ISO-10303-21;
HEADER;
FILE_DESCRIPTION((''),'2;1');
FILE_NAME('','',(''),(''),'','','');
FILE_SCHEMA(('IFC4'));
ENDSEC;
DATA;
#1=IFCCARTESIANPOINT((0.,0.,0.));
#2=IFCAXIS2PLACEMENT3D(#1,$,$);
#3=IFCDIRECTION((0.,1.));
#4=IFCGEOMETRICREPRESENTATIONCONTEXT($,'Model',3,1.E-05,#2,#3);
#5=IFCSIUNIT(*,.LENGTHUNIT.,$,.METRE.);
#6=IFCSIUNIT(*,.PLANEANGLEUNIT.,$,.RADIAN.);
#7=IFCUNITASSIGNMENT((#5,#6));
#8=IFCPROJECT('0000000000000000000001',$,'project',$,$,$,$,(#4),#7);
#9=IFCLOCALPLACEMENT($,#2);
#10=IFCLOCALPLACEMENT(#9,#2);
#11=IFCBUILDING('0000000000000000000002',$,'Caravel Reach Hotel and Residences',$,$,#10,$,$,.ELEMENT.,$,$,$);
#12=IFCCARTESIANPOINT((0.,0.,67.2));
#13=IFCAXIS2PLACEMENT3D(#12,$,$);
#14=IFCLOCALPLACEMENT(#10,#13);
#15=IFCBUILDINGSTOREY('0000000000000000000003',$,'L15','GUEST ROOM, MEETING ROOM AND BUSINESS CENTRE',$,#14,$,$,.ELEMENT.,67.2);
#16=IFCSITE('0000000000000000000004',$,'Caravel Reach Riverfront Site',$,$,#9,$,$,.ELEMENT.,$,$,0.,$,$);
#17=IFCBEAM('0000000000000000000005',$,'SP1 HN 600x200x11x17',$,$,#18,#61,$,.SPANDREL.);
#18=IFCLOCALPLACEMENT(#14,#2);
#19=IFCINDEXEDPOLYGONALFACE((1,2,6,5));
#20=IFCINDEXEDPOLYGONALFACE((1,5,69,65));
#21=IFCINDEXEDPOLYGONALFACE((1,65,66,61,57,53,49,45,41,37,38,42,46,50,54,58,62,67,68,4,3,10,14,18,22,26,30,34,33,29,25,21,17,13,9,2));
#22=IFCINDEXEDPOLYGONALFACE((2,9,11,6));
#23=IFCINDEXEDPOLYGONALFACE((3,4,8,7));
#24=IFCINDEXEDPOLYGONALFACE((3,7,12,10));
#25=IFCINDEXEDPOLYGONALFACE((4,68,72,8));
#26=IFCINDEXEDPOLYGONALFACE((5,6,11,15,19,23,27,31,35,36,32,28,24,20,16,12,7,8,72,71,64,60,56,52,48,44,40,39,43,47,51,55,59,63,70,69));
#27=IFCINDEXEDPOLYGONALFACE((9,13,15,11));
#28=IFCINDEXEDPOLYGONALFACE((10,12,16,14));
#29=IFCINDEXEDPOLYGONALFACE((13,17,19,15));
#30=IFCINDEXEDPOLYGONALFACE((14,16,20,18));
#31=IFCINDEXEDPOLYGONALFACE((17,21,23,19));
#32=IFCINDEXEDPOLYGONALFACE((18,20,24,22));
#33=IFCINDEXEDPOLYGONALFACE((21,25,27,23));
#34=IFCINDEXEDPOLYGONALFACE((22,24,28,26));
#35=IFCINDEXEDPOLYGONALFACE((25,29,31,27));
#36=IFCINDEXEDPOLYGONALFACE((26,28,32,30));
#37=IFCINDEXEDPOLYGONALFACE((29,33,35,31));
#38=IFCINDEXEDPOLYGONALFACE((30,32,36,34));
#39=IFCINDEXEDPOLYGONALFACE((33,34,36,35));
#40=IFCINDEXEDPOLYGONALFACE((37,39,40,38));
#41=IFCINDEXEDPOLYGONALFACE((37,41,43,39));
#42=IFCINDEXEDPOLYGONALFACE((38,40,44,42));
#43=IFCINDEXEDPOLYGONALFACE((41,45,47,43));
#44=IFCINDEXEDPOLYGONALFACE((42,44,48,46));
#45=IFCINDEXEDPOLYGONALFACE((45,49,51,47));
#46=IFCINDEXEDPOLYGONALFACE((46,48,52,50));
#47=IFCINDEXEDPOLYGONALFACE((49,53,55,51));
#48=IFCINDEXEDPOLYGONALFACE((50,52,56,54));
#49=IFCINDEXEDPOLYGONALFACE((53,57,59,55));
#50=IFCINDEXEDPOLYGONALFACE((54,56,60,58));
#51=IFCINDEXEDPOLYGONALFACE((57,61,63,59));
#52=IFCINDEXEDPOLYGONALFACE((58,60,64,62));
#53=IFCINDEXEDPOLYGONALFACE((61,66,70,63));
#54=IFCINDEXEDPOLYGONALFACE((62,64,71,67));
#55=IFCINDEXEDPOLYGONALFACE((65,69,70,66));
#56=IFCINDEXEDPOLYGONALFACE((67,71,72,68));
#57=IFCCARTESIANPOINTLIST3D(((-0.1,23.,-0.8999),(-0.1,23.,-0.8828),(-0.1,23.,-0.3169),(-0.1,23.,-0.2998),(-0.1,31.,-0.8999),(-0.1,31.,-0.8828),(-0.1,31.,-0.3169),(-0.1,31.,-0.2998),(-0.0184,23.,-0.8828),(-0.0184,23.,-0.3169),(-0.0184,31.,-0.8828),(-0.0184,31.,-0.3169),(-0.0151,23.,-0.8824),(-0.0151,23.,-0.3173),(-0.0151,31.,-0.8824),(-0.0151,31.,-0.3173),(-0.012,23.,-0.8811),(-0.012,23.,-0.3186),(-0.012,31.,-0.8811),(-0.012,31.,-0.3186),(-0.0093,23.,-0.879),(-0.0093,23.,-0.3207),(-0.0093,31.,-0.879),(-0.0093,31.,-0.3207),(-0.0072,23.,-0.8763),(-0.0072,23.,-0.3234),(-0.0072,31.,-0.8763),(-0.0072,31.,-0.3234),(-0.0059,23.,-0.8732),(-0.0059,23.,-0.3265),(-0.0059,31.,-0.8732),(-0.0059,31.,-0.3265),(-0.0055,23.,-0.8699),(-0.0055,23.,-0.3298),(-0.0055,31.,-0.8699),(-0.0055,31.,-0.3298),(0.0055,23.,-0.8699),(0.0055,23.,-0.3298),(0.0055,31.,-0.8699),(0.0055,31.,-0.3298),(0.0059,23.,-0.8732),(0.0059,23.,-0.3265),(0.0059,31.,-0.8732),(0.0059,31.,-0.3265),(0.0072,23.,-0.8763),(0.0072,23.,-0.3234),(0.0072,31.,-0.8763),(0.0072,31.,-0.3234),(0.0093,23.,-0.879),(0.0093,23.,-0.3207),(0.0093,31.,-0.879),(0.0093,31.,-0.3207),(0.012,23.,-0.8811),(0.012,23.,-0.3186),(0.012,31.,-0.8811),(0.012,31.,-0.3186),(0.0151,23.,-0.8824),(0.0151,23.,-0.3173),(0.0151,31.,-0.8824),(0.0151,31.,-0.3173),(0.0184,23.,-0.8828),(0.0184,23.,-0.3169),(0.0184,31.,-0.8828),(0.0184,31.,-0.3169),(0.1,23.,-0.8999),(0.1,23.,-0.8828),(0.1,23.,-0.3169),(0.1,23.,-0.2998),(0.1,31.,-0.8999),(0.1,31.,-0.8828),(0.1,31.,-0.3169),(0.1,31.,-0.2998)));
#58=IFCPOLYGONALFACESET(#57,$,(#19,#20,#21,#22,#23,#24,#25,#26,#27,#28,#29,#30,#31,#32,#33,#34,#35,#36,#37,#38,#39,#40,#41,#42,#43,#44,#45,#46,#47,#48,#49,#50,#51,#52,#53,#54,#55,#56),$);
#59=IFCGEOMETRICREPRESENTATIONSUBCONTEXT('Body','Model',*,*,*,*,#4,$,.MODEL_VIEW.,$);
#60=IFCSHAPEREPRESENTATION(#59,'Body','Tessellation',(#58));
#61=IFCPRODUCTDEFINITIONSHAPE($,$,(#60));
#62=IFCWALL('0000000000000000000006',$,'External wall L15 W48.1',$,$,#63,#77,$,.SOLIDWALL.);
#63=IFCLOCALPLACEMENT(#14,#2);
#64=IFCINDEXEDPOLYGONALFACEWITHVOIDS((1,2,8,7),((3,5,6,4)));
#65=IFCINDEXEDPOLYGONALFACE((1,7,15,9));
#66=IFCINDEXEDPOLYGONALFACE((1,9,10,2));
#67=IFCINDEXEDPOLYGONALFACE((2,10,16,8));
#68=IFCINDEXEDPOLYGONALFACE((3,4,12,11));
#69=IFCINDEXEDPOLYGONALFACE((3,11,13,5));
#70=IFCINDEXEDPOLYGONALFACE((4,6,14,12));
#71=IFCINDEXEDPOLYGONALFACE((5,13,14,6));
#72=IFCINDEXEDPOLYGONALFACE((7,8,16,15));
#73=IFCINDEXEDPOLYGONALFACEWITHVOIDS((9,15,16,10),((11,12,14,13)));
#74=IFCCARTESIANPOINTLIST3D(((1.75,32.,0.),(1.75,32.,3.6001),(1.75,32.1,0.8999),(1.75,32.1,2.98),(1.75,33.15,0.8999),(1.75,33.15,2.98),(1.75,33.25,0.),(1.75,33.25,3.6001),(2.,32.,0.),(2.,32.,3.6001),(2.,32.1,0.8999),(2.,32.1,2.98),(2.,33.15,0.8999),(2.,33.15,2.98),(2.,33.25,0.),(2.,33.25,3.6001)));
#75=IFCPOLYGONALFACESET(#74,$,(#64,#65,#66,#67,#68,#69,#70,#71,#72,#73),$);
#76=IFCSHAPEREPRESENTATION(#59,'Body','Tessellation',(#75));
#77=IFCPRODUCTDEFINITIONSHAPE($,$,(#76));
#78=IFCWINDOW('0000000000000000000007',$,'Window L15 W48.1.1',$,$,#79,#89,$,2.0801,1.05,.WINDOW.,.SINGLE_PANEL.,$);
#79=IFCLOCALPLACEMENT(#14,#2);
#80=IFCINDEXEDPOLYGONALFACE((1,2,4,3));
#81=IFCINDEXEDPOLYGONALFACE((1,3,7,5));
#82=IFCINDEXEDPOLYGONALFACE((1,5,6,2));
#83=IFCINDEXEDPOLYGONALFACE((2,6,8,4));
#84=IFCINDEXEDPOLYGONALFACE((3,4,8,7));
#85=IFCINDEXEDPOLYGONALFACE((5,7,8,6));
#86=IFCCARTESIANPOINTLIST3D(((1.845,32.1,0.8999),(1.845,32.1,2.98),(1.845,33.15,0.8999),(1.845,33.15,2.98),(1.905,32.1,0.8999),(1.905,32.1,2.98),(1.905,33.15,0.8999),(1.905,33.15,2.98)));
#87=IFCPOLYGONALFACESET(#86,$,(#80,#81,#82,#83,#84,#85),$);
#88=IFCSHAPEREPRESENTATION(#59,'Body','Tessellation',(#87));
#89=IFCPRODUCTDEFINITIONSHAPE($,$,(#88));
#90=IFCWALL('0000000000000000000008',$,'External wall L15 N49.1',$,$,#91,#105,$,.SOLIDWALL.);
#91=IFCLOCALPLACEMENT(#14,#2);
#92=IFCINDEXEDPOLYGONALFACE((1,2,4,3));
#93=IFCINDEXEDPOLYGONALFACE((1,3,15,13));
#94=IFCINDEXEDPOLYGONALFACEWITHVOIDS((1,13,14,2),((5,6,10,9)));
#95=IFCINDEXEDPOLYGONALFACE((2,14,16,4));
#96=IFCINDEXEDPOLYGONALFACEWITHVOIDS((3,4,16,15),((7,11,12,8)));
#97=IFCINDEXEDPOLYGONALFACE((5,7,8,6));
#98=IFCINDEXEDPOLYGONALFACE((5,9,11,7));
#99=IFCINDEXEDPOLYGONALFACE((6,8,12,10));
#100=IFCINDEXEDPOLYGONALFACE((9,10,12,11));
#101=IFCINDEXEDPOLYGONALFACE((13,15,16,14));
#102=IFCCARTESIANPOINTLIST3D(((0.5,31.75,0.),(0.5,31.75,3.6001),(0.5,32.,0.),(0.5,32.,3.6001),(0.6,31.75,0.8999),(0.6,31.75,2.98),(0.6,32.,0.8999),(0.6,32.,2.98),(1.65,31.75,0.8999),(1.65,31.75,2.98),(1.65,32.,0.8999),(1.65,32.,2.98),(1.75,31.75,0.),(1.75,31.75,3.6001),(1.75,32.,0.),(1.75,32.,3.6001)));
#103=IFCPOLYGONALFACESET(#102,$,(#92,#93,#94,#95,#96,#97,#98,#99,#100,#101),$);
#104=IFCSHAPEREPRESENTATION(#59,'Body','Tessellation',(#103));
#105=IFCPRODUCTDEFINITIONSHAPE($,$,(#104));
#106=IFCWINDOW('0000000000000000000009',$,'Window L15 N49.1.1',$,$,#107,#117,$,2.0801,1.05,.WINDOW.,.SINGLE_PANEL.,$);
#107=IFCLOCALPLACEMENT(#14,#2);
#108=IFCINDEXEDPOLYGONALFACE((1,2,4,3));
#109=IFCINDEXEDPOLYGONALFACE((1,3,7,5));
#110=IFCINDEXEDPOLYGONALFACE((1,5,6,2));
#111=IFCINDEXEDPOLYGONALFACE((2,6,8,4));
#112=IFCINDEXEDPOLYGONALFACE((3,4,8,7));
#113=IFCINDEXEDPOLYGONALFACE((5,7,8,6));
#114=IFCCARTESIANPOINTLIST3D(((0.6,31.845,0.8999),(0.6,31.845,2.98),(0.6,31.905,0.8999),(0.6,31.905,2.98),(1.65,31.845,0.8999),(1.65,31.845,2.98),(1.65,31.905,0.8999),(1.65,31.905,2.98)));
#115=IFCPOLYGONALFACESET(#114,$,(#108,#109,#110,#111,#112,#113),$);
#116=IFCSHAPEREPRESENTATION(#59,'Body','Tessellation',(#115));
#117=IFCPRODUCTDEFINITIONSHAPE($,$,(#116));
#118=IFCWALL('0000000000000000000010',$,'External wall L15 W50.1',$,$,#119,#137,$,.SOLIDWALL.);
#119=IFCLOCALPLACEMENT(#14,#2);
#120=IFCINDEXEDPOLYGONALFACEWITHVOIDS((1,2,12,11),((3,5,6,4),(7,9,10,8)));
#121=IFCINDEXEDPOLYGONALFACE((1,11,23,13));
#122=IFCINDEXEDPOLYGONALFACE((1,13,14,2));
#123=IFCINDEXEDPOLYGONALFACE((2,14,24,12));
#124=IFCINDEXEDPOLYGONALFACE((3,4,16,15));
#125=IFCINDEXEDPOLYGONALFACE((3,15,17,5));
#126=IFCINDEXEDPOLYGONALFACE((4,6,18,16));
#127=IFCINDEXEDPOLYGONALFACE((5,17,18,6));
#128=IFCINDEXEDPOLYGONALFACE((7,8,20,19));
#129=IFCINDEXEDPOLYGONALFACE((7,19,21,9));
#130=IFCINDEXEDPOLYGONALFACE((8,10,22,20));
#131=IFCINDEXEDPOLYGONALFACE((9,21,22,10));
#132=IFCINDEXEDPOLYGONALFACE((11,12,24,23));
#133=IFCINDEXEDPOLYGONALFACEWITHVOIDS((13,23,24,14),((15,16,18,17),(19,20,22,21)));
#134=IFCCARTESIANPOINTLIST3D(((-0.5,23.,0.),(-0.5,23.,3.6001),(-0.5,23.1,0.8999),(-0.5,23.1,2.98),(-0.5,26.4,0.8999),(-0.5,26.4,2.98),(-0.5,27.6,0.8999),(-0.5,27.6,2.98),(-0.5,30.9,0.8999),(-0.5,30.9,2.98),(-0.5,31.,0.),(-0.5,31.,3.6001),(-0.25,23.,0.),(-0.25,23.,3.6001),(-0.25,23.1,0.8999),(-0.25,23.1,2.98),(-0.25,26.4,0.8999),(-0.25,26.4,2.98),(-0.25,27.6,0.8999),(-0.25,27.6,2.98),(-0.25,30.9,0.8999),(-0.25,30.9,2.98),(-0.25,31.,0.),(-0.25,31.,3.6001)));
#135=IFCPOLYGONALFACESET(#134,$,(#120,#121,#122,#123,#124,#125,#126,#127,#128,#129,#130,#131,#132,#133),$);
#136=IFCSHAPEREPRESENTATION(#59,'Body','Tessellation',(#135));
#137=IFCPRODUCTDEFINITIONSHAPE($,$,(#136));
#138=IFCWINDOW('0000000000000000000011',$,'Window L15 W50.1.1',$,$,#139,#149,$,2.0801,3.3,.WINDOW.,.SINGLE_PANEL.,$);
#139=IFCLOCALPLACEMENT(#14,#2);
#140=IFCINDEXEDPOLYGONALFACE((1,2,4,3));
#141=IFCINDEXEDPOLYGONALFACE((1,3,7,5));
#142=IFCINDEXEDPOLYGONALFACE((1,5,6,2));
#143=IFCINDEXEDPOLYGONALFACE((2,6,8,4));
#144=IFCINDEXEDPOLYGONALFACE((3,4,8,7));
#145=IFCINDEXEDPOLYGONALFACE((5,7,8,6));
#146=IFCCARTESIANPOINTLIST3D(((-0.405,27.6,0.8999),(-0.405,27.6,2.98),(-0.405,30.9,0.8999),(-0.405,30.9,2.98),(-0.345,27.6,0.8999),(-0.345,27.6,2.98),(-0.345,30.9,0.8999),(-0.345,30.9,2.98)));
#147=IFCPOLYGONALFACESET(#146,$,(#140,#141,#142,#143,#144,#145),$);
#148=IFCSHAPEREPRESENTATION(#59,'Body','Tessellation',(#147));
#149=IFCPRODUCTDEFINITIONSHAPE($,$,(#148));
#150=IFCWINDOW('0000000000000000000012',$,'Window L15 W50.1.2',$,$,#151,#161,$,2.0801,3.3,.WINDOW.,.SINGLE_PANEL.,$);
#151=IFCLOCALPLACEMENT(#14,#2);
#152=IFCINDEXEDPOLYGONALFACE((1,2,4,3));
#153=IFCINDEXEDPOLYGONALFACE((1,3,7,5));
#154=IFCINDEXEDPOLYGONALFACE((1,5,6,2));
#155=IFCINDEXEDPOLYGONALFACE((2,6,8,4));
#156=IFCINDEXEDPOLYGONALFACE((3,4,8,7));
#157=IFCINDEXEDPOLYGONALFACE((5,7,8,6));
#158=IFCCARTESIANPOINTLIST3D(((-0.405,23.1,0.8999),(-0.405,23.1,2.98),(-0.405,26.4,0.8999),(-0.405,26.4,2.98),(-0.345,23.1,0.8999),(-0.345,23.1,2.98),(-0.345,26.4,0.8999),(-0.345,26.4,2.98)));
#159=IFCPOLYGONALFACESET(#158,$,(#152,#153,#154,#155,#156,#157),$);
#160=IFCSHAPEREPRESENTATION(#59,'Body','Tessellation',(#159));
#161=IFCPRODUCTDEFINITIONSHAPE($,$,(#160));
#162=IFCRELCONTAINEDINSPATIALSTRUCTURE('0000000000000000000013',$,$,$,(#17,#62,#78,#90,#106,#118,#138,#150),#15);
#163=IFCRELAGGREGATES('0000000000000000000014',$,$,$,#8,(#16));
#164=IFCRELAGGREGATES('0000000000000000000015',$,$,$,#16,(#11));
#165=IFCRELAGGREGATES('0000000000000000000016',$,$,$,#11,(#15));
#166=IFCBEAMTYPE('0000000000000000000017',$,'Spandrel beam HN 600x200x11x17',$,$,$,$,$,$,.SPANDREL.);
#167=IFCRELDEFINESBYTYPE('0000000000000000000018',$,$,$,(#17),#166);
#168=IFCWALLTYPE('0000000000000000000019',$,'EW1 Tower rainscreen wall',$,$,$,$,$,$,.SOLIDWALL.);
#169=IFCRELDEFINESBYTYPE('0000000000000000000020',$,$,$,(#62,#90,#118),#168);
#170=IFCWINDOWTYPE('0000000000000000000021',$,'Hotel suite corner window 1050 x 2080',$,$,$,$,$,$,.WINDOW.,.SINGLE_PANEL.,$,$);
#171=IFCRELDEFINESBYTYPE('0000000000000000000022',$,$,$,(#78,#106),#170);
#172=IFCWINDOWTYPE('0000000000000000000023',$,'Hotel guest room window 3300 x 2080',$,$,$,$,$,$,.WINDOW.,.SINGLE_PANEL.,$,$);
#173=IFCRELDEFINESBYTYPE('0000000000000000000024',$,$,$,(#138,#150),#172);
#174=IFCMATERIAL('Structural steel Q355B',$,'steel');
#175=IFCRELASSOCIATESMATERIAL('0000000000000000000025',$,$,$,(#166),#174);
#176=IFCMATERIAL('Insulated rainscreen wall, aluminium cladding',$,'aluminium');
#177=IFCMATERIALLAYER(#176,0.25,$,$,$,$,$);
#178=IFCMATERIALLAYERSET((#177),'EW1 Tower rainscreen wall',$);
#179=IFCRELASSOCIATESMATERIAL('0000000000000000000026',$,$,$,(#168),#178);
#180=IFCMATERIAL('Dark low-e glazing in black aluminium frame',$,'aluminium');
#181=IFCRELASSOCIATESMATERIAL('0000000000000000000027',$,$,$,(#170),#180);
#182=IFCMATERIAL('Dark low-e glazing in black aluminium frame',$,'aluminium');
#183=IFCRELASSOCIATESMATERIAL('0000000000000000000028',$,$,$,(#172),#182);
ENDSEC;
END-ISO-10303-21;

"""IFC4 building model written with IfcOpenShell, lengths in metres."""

from ifc_helpers import new_model, si_unit, direction, frame, frame_2d, origin, origin_2d, place, context, subcontext, project, spatial, rectangle, i_section, extrude, material, layer, layer_set, material_profile, profile_set, type_object, element, fill, save


model = new_model("IFC4")

# Units and contexts
model_context = context("Model", 3, precision=1e-05, world=origin(), true_north=direction((0.0, 1.0)))
body_context = subcontext(model_context, "Body", "Model", "MODEL_VIEW")
ifc_project = project(units=[si_unit("LENGTHUNIT", "METRE"), si_unit("PLANEANGLEUNIT", "RADIAN")], contexts=[model_context])

# Site, building, storey
site_placement = place(None, origin())
site = spatial("IfcSite", under=ifc_project, at=site_placement, Name="Caravel Reach Riverfront Site", CompositionType="ELEMENT", RefElevation=0.0)
building_placement = place(site_placement, origin())
building = spatial("IfcBuilding", under=site, at=building_placement, Name="Caravel Reach Hotel and Residences", CompositionType="ELEMENT")
storey_placement = place(building_placement, frame((0.0, 0.0, 67.2)))
storey = spatial("IfcBuildingStorey", under=building, at=storey_placement, Name="L15", Description="GUEST ROOM, MEETING ROOM AND BUSINESS CENTRE", CompositionType="ELEMENT", Elevation=67.2)

# Beam
ifc_material_1 = material(Name="Structural steel Q355B", Category="steel")
ifc_material_profile_1 = material_profile(ifc_material_1, i_section(OverallWidth=0.2, OverallDepth=0.6001, WebThickness=0.011, FlangeThickness=0.0171, FilletRadius=0.0129, at=origin_2d()), Name="HN 600x200x11x17")
ifc_profile_set_1 = profile_set([ifc_material_profile_1], Name="Structural steel Q355B")
beam_type = type_object("IfcBeamType", Name="Spandrel beam HN 600x200x11x17", PredefinedType="SPANDREL", material=ifc_profile_set_1)
beam_placement = place(storey_placement, frame((0.0, 31.0, -0.5999), z_axis=(0.0, -1.0, 0.0), x_axis=(1.0, 0.0, 0.0)))
element("IfcBeam", 1, at=beam_placement, inside=storey, type_object=beam_type, Name="SP1 HN 600x200x11x17", PredefinedType="SPANDREL", context=body_context, shape_type="SweptSolid", body=[
    extrude(i_section(OverallWidth=0.2, OverallDepth=0.6001, WebThickness=0.011, FlangeThickness=0.0171, FilletRadius=0.0129, at=origin_2d()), origin(), (0.0, 0.0, 1.0), 8.0),
])

# Walls, openings, windows
ifc_material_2 = material(Name="Insulated rainscreen wall, aluminium cladding", Category="aluminium")
ifc_layer = layer(ifc_material_2, 0.25)
ifc_layer_set = layer_set([ifc_layer], Name="EW1 Tower rainscreen wall")
wall_type = type_object("IfcWallType", Name="EW1 Tower rainscreen wall", PredefinedType="SOLIDWALL", material=ifc_layer_set)
wall_1_placement = place(storey_placement, frame((1.875, 33.25, 0.0), z_axis=(0.0, 0.0, 1.0), x_axis=(0.0, -1.0, 0.0)))
wall_1 = element("IfcWall", 2, at=wall_1_placement, inside=storey, type_object=wall_type, Name="External wall L15 W48.1", PredefinedType="SOLIDWALL", context=body_context, shape_type="SweptSolid", body=[
    extrude(rectangle(XDim=1.25, YDim=0.25, at=frame_2d((0.625, 0.0))), origin(), (0.0, 0.0, 1.0), 3.6001),
])
opening_1_placement = place(wall_1_placement, frame((0.1001, 0.0, 0.8999)))
opening_1 = element("IfcOpeningElement", 3, at=opening_1_placement, cuts=wall_1, PredefinedType="OPENING", context=body_context, shape_type="SweptSolid", body=[
    extrude(rectangle(XDim=1.05, YDim=2.0801, at=frame_2d((0.5249, 1.04))), frame((0.0, 0.135, 0.0), z_axis=(0.0, -1.0, 0.0), x_axis=(1.0, 0.0, 0.0)), (0.0, 0.0, 1.0), 0.27),
])
ifc_material_3 = material(Name="Dark low-e glazing in black aluminium frame", Category="aluminium")
window_type_1 = type_object("IfcWindowType", Name="Hotel suite corner window 1050 x 2080", PartitioningType="SINGLE_PANEL", PredefinedType="WINDOW", material=ifc_material_3)
window_1_placement = place(opening_1_placement, origin())
window_1 = element("IfcWindow", 4, at=window_1_placement, inside=storey, type_object=window_type_1, Name="Window L15 W48.1.1", OverallHeight=2.0801, OverallWidth=1.05, PartitioningType="SINGLE_PANEL", PredefinedType="WINDOW", context=body_context, shape_type="SweptSolid", body=[
    extrude(rectangle(XDim=1.05, YDim=2.0801, at=frame_2d((0.5249, 1.04))), frame((0.0, 0.03, 0.0), z_axis=(0.0, -1.0, 0.0), x_axis=(1.0, 0.0, 0.0)), (0.0, 0.0, 1.0), 0.0601),
])
fill(opening_1, window_1)
wall_2_placement = place(storey_placement, frame((1.75, 31.875, 0.0), z_axis=(0.0, 0.0, 1.0), x_axis=(-1.0, 0.0, 0.0)))
wall_2 = element("IfcWall", 5, at=wall_2_placement, inside=storey, type_object=wall_type, Name="External wall L15 N49.1", PredefinedType="SOLIDWALL", context=body_context, shape_type="SweptSolid", body=[
    extrude(rectangle(XDim=1.25, YDim=0.25, at=frame_2d((0.625, 0.0))), origin(), (0.0, 0.0, 1.0), 3.6001),
])
opening_2_placement = place(wall_2_placement, frame((0.1001, 0.0, 0.8999)))
opening_2 = element("IfcOpeningElement", 6, at=opening_2_placement, cuts=wall_2, PredefinedType="OPENING", context=body_context, shape_type="SweptSolid", body=[
    extrude(rectangle(XDim=1.05, YDim=2.0801, at=frame_2d((0.5249, 1.04))), frame((0.0, 0.135, 0.0), z_axis=(0.0, -1.0, 0.0), x_axis=(1.0, 0.0, 0.0)), (0.0, 0.0, 1.0), 0.27),
])
window_2_placement = place(opening_2_placement, origin())
window_2 = element("IfcWindow", 7, at=window_2_placement, inside=storey, type_object=window_type_1, Name="Window L15 N49.1.1", OverallHeight=2.0801, OverallWidth=1.05, PartitioningType="SINGLE_PANEL", PredefinedType="WINDOW", context=body_context, shape_type="SweptSolid", body=[
    extrude(rectangle(XDim=1.05, YDim=2.0801, at=frame_2d((0.5249, 1.04))), frame((0.0, 0.03, 0.0), z_axis=(0.0, -1.0, 0.0), x_axis=(1.0, 0.0, 0.0)), (0.0, 0.0, 1.0), 0.0601),
])
fill(opening_2, window_2)

# Wall, openings, windows
wall_3_placement = place(storey_placement, frame((-0.375, 31.0, 0.0), z_axis=(0.0, 0.0, 1.0), x_axis=(0.0, -1.0, 0.0)))
wall_3 = element("IfcWall", 8, at=wall_3_placement, inside=storey, type_object=wall_type, Name="External wall L15 W50.1", PredefinedType="SOLIDWALL", context=body_context, shape_type="SweptSolid", body=[
    extrude(rectangle(XDim=8.0, YDim=0.25, at=frame_2d((4.0, 0.0))), origin(), (0.0, 0.0, 1.0), 3.6001),
])
opening_3_placement = place(wall_3_placement, frame((0.1001, 0.0, 0.8999)))
opening_3 = element("IfcOpeningElement", 9, at=opening_3_placement, cuts=wall_3, PredefinedType="OPENING", context=body_context, shape_type="SweptSolid", body=[
    extrude(rectangle(XDim=3.3, YDim=2.0801, at=frame_2d((1.6499, 1.04))), frame((0.0, 0.135, 0.0), z_axis=(0.0, -1.0, 0.0), x_axis=(1.0, 0.0, 0.0)), (0.0, 0.0, 1.0), 0.27),
])
opening_4_placement = place(wall_3_placement, frame((4.6001, 0.0, 0.8999)))
opening_4 = element("IfcOpeningElement", 10, at=opening_4_placement, cuts=wall_3, PredefinedType="OPENING", context=body_context, shape_type="SweptSolid", body=[
    extrude(rectangle(XDim=3.3, YDim=2.0801, at=frame_2d((1.6499, 1.04))), frame((0.0, 0.135, 0.0), z_axis=(0.0, -1.0, 0.0), x_axis=(1.0, 0.0, 0.0)), (0.0, 0.0, 1.0), 0.27),
])
ifc_material_4 = material(Name="Dark low-e glazing in black aluminium frame", Category="aluminium")
window_type_2 = type_object("IfcWindowType", Name="Hotel guest room window 3300 x 2080", PartitioningType="SINGLE_PANEL", PredefinedType="WINDOW", material=ifc_material_4)
window_3_placement = place(opening_3_placement, origin())
window_3 = element("IfcWindow", 11, at=window_3_placement, inside=storey, type_object=window_type_2, Name="Window L15 W50.1.1", OverallHeight=2.0801, OverallWidth=3.3, PartitioningType="SINGLE_PANEL", PredefinedType="WINDOW", context=body_context, shape_type="SweptSolid", body=[
    extrude(rectangle(XDim=3.3, YDim=2.0801, at=frame_2d((1.6499, 1.04))), frame((0.0, 0.03, 0.0), z_axis=(0.0, -1.0, 0.0), x_axis=(1.0, 0.0, 0.0)), (0.0, 0.0, 1.0), 0.0601),
])
fill(opening_3, window_3)
window_4_placement = place(opening_4_placement, origin())
window_4 = element("IfcWindow", 12, at=window_4_placement, inside=storey, type_object=window_type_2, Name="Window L15 W50.1.2", OverallHeight=2.0801, OverallWidth=3.3, PartitioningType="SINGLE_PANEL", PredefinedType="WINDOW", context=body_context, shape_type="SweptSolid", body=[
    extrude(rectangle(XDim=3.3, YDim=2.0801, at=frame_2d((1.6499, 1.04))), frame((0.0, 0.03, 0.0), z_axis=(0.0, -1.0, 0.0), x_axis=(1.0, 0.0, 0.0)), (0.0, 0.0, 1.0), 0.0601),
])
fill(opening_4, window_4)

save(model, "model.ifc")
